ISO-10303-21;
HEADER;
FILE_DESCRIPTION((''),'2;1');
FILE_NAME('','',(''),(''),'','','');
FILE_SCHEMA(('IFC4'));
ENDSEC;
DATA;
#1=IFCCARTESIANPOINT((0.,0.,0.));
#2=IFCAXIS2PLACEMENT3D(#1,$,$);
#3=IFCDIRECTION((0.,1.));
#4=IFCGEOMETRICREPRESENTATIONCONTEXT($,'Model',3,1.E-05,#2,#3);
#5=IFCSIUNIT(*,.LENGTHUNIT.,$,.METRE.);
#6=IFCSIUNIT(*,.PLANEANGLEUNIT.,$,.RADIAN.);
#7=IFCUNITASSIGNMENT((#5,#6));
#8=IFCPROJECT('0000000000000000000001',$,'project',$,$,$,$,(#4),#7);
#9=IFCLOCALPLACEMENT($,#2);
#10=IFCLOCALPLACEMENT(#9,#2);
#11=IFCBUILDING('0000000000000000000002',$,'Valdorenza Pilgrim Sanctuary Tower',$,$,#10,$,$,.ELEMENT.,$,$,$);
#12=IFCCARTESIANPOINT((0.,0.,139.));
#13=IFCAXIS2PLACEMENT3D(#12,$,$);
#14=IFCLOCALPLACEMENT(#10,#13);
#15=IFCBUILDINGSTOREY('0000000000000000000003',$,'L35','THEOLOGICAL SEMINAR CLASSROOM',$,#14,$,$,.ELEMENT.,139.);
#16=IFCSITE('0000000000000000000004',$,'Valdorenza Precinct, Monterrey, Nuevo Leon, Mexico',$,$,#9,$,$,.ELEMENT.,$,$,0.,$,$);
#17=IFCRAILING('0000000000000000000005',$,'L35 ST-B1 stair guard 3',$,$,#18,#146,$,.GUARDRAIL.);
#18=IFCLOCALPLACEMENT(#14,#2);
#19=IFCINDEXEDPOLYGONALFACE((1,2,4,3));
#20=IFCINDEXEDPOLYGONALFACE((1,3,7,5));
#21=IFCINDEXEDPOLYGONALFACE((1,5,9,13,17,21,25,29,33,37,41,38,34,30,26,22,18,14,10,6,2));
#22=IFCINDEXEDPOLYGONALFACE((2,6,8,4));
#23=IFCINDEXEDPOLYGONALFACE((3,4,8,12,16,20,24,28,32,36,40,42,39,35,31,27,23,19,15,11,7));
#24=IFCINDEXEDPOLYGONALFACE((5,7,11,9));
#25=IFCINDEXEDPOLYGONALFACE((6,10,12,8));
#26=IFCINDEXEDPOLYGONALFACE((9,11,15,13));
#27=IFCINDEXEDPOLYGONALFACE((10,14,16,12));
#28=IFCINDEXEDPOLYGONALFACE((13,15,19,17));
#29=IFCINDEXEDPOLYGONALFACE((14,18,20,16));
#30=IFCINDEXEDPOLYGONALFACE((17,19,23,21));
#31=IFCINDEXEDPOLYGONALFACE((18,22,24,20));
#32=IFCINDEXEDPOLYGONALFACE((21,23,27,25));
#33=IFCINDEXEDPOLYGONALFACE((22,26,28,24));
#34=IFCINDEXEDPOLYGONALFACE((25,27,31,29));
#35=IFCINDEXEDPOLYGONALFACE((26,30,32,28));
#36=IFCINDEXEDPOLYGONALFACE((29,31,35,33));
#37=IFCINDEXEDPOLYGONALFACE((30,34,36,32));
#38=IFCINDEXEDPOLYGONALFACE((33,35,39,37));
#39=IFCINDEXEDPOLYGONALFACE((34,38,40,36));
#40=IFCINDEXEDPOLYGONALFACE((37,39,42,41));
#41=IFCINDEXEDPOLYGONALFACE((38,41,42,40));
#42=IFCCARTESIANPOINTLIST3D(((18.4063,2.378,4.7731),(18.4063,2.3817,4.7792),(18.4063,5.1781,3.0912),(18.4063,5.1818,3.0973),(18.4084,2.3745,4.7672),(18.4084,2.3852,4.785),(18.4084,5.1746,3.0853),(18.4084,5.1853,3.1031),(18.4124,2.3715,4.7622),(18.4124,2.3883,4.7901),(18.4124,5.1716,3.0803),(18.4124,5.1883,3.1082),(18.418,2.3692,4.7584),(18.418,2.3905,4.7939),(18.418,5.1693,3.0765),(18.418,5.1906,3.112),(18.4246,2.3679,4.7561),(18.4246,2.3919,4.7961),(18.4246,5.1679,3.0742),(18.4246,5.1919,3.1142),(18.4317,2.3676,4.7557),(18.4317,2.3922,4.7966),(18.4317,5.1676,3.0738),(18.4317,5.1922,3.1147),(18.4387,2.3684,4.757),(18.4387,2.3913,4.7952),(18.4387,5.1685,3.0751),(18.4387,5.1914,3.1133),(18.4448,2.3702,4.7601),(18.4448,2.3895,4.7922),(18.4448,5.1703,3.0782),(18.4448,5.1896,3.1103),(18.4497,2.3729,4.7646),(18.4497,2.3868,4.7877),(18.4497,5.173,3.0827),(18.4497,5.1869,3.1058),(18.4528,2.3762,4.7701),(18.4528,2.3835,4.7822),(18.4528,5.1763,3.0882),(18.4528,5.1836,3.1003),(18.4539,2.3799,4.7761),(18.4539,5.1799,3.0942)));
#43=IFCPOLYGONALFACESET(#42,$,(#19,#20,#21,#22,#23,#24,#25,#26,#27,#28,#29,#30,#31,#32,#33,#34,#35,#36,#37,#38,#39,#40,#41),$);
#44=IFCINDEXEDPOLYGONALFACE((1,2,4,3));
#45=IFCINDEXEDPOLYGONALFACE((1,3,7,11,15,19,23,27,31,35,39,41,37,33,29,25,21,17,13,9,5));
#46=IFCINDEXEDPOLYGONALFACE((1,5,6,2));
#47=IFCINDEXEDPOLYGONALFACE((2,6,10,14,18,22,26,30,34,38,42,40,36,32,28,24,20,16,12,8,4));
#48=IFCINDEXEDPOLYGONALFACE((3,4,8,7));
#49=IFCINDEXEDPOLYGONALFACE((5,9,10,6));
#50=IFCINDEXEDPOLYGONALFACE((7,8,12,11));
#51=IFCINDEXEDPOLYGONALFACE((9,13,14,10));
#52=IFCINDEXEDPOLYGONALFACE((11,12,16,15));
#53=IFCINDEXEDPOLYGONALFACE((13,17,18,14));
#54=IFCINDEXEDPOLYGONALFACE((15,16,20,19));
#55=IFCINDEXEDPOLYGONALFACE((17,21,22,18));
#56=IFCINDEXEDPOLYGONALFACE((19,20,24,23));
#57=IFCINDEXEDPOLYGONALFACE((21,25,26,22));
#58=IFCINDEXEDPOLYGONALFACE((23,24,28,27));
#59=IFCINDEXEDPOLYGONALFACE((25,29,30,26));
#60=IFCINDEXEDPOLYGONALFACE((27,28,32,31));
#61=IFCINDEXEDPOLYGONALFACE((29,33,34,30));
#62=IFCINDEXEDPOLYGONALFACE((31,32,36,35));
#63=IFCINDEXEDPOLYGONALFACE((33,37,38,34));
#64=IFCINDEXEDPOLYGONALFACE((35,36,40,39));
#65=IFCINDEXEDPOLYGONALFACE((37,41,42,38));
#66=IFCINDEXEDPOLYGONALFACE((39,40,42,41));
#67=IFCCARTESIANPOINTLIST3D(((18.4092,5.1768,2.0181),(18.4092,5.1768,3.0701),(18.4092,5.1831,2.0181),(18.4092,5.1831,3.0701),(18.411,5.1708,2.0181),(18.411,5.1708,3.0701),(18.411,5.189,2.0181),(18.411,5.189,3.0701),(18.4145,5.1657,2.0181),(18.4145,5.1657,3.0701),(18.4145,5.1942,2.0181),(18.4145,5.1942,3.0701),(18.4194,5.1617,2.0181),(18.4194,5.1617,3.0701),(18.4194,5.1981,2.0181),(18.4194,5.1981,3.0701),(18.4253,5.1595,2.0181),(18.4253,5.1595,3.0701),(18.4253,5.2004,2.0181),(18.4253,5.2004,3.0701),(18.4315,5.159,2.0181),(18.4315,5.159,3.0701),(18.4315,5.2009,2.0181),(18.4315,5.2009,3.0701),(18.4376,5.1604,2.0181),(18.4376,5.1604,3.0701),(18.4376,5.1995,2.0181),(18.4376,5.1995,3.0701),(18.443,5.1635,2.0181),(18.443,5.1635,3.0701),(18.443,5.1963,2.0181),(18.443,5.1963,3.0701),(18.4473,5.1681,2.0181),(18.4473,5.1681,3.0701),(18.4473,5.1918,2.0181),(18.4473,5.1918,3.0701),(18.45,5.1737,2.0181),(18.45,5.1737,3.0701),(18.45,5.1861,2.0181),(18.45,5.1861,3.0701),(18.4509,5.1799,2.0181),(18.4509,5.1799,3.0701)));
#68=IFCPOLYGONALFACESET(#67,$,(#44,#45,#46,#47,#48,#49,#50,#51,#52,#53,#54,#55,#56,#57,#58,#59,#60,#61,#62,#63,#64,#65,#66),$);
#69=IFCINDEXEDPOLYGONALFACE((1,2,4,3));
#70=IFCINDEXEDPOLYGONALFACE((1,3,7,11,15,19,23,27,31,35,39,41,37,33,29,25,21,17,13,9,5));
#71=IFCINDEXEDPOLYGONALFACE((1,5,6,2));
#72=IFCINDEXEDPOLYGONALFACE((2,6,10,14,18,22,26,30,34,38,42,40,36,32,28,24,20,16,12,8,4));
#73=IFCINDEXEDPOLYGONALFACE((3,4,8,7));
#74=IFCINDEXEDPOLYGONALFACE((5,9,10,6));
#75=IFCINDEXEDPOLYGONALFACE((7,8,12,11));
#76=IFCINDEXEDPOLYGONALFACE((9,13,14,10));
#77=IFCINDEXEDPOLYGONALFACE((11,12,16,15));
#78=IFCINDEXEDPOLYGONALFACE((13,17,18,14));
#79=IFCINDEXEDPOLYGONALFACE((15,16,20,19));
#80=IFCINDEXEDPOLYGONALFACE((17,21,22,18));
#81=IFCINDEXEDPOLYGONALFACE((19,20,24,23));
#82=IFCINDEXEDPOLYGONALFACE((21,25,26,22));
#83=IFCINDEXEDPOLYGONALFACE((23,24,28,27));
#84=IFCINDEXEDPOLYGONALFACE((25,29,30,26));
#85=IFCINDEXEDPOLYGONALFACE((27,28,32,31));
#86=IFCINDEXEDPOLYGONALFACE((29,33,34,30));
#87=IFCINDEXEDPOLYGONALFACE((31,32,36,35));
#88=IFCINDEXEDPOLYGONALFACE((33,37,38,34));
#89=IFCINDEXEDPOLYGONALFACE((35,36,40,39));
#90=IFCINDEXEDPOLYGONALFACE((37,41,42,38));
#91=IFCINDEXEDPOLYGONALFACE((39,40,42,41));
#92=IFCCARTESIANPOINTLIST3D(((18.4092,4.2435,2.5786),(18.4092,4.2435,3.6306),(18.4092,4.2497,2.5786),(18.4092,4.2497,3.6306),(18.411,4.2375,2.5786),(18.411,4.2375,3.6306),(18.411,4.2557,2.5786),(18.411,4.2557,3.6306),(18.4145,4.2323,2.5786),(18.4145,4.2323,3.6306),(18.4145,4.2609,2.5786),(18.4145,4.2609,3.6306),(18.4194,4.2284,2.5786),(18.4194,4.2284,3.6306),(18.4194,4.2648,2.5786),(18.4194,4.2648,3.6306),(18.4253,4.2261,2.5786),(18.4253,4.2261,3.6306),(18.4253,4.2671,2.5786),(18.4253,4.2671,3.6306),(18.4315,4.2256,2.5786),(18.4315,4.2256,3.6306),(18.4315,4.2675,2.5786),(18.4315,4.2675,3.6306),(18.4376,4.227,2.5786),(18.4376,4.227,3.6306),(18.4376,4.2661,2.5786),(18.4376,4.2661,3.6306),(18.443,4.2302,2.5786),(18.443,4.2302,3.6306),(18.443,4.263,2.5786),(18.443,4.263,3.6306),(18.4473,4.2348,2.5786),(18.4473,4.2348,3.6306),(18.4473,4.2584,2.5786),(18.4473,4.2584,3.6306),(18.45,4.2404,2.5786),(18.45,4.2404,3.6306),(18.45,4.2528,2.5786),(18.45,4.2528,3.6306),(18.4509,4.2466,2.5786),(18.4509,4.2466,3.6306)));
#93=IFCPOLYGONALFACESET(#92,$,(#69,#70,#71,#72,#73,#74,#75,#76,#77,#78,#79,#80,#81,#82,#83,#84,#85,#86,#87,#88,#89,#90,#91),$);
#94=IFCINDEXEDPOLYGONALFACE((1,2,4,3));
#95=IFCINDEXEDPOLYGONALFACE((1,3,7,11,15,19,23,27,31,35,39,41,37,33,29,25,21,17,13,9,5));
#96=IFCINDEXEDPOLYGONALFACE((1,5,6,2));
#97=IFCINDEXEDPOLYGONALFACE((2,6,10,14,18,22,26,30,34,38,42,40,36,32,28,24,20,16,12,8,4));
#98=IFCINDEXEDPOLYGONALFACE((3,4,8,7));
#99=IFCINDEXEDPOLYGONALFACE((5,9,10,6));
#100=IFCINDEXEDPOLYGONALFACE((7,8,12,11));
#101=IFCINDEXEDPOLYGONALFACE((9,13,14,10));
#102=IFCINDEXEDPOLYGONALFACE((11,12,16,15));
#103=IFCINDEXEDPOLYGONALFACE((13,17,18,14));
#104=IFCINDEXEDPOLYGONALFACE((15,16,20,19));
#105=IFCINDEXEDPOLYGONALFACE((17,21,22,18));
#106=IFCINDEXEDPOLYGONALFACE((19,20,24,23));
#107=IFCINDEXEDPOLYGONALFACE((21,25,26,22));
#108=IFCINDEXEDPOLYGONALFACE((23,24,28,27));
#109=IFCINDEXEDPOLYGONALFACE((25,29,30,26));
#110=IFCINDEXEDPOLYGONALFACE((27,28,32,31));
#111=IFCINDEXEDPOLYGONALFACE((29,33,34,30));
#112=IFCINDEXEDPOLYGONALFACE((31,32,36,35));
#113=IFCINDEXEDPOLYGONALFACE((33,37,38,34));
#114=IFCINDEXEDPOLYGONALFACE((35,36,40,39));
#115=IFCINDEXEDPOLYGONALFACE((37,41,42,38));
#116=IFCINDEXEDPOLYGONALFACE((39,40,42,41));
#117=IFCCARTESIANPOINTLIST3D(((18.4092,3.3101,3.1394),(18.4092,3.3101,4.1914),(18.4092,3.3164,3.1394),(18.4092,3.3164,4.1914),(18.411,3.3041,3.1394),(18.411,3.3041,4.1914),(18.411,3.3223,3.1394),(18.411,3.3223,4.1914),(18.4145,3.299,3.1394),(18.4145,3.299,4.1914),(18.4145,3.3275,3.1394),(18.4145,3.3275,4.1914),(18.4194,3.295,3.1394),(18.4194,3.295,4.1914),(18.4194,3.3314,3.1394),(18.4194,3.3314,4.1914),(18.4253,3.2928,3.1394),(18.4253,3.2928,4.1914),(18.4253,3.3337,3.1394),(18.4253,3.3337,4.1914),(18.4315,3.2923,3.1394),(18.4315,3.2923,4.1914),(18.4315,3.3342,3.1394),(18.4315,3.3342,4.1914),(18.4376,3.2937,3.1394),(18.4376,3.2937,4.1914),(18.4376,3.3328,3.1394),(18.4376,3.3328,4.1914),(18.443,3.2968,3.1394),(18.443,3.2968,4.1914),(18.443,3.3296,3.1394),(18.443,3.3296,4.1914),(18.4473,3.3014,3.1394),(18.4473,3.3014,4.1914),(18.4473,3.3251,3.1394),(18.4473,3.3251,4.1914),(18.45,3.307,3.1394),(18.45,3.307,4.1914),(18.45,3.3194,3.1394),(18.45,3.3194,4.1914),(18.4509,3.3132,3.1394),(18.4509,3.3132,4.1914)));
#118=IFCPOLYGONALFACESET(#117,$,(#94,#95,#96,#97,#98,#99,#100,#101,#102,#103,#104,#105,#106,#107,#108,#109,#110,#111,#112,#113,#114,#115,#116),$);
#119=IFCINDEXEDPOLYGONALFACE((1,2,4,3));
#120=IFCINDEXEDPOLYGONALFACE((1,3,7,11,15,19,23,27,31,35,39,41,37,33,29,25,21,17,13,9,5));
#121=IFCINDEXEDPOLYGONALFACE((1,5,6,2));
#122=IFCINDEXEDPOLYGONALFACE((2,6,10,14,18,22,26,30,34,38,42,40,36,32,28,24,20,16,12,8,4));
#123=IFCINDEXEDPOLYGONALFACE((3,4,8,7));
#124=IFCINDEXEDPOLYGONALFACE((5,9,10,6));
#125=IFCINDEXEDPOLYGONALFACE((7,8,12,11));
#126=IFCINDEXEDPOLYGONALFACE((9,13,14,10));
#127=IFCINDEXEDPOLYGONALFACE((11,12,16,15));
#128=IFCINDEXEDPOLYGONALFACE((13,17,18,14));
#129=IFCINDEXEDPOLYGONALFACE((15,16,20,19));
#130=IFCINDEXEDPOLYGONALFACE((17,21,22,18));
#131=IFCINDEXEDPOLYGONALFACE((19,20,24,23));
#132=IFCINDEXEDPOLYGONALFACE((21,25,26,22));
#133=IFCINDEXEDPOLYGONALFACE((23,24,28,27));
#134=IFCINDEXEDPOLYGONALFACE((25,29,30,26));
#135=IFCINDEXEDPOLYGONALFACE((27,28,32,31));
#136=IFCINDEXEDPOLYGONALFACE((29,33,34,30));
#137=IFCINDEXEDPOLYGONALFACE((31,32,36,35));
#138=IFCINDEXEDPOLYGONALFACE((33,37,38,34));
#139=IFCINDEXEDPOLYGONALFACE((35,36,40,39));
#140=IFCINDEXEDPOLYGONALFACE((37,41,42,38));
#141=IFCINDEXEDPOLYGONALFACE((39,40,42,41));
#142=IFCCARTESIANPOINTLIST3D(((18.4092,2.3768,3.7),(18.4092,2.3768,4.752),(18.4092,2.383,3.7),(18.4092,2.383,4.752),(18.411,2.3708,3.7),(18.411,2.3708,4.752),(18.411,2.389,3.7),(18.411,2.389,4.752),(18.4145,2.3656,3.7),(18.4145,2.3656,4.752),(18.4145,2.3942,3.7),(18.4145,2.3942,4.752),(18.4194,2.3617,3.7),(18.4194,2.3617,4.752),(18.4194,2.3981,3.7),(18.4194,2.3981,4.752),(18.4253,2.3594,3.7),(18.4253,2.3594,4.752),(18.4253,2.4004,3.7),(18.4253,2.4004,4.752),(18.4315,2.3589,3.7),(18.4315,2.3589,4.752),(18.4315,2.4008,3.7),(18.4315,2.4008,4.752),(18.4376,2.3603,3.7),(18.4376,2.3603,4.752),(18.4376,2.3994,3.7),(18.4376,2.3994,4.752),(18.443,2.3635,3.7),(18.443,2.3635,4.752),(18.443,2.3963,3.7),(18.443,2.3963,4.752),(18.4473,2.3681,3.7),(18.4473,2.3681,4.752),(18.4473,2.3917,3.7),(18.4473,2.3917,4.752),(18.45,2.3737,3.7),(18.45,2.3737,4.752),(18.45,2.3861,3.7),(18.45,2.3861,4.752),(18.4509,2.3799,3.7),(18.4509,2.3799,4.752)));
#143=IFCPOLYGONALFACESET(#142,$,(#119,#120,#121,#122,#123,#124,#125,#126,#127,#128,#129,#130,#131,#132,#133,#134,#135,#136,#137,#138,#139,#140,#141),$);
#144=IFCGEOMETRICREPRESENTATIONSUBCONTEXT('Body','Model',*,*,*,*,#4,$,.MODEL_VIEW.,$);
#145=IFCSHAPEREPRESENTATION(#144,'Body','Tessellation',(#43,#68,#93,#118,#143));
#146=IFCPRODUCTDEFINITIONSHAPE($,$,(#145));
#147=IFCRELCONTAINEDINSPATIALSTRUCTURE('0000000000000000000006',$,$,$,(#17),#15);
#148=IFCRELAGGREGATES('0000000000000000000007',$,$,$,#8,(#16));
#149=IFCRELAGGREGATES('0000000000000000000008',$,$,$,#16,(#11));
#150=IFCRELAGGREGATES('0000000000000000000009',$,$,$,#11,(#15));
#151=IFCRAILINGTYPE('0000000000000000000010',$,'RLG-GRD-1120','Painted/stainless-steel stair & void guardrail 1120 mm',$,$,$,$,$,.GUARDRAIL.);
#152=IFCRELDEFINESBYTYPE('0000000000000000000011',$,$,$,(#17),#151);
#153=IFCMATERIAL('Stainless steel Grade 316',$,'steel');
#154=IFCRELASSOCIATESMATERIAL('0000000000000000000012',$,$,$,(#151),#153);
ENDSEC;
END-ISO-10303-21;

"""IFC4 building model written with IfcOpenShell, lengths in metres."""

from ifc_helpers import new_model, si_unit, direction, frame, origin, origin_2d, place, context, subcontext, project, spatial, circle, extrude, material, type_object, element, save


model = new_model("IFC4")

# Units and contexts
model_context = context("Model", 3, precision=1e-05, world=origin(), true_north=direction((0.0, 1.0)))
body_context = subcontext(model_context, "Body", "Model", "MODEL_VIEW")
ifc_project = project(units=[si_unit("LENGTHUNIT", "METRE"), si_unit("PLANEANGLEUNIT", "RADIAN")], contexts=[model_context])

# Site, building, storey
site_placement = place(None, origin())
site = spatial("IfcSite", under=ifc_project, at=site_placement, Name="Valdorenza Precinct, Monterrey, Nuevo Leon, Mexico", CompositionType="ELEMENT", RefElevation=0.0)
building_placement = place(site_placement, origin())
building = spatial("IfcBuilding", under=site, at=building_placement, Name="Valdorenza Pilgrim Sanctuary Tower", CompositionType="ELEMENT")
storey_placement = place(building_placement, frame((0.0, 0.0, 139.0)))
storey = spatial("IfcBuildingStorey", under=building, at=storey_placement, Name="L35", Description="THEOLOGICAL SEMINAR CLASSROOM", CompositionType="ELEMENT", Elevation=139.0)

# Railing
ifc_material_1 = material(Name="Stainless steel Grade 316", Category="steel")
railing_type_1 = type_object("IfcRailingType", Name="RLG-GRD-1120", Description="Painted/stainless-steel stair & void guardrail 1120 mm", PredefinedType="GUARDRAIL", material=ifc_material_1)
railing_1_placement = place(storey_placement, frame((18.4299, 5.1799, 2.0181)))
element("IfcRailing", 1, at=railing_1_placement, inside=storey, type_object=railing_type_1, Name="L35 ST-B1 stair guard 3", PredefinedType="GUARDRAIL", context=body_context, shape_type="SweptSolid", body=[
    extrude(circle(Radius=0.0239, at=origin_2d()), frame((0.0, 0.0, 1.0762), z_axis=(0.0, -0.857242, 0.514913), x_axis=(1.0, 0.0, 0.0)), (0.0, 0.0, 1.0), 3.2664),
    extrude(circle(Radius=0.021, at=origin_2d()), origin(), (0.0, 0.0, 1.0), 1.052),
    extrude(circle(Radius=0.021, at=origin_2d()), frame((0.0, -0.9333, 0.5605)), (0.0, 0.0, 1.0), 1.052),
    extrude(circle(Radius=0.021, at=origin_2d()), frame((0.0, -1.8667, 1.1213)), (0.0, 0.0, 1.0), 1.052),
    extrude(circle(Radius=0.021, at=origin_2d()), frame((0.0, -2.8, 1.6819)), (0.0, 0.0, 1.0), 1.052),
])

save(model, "model.ifc")
